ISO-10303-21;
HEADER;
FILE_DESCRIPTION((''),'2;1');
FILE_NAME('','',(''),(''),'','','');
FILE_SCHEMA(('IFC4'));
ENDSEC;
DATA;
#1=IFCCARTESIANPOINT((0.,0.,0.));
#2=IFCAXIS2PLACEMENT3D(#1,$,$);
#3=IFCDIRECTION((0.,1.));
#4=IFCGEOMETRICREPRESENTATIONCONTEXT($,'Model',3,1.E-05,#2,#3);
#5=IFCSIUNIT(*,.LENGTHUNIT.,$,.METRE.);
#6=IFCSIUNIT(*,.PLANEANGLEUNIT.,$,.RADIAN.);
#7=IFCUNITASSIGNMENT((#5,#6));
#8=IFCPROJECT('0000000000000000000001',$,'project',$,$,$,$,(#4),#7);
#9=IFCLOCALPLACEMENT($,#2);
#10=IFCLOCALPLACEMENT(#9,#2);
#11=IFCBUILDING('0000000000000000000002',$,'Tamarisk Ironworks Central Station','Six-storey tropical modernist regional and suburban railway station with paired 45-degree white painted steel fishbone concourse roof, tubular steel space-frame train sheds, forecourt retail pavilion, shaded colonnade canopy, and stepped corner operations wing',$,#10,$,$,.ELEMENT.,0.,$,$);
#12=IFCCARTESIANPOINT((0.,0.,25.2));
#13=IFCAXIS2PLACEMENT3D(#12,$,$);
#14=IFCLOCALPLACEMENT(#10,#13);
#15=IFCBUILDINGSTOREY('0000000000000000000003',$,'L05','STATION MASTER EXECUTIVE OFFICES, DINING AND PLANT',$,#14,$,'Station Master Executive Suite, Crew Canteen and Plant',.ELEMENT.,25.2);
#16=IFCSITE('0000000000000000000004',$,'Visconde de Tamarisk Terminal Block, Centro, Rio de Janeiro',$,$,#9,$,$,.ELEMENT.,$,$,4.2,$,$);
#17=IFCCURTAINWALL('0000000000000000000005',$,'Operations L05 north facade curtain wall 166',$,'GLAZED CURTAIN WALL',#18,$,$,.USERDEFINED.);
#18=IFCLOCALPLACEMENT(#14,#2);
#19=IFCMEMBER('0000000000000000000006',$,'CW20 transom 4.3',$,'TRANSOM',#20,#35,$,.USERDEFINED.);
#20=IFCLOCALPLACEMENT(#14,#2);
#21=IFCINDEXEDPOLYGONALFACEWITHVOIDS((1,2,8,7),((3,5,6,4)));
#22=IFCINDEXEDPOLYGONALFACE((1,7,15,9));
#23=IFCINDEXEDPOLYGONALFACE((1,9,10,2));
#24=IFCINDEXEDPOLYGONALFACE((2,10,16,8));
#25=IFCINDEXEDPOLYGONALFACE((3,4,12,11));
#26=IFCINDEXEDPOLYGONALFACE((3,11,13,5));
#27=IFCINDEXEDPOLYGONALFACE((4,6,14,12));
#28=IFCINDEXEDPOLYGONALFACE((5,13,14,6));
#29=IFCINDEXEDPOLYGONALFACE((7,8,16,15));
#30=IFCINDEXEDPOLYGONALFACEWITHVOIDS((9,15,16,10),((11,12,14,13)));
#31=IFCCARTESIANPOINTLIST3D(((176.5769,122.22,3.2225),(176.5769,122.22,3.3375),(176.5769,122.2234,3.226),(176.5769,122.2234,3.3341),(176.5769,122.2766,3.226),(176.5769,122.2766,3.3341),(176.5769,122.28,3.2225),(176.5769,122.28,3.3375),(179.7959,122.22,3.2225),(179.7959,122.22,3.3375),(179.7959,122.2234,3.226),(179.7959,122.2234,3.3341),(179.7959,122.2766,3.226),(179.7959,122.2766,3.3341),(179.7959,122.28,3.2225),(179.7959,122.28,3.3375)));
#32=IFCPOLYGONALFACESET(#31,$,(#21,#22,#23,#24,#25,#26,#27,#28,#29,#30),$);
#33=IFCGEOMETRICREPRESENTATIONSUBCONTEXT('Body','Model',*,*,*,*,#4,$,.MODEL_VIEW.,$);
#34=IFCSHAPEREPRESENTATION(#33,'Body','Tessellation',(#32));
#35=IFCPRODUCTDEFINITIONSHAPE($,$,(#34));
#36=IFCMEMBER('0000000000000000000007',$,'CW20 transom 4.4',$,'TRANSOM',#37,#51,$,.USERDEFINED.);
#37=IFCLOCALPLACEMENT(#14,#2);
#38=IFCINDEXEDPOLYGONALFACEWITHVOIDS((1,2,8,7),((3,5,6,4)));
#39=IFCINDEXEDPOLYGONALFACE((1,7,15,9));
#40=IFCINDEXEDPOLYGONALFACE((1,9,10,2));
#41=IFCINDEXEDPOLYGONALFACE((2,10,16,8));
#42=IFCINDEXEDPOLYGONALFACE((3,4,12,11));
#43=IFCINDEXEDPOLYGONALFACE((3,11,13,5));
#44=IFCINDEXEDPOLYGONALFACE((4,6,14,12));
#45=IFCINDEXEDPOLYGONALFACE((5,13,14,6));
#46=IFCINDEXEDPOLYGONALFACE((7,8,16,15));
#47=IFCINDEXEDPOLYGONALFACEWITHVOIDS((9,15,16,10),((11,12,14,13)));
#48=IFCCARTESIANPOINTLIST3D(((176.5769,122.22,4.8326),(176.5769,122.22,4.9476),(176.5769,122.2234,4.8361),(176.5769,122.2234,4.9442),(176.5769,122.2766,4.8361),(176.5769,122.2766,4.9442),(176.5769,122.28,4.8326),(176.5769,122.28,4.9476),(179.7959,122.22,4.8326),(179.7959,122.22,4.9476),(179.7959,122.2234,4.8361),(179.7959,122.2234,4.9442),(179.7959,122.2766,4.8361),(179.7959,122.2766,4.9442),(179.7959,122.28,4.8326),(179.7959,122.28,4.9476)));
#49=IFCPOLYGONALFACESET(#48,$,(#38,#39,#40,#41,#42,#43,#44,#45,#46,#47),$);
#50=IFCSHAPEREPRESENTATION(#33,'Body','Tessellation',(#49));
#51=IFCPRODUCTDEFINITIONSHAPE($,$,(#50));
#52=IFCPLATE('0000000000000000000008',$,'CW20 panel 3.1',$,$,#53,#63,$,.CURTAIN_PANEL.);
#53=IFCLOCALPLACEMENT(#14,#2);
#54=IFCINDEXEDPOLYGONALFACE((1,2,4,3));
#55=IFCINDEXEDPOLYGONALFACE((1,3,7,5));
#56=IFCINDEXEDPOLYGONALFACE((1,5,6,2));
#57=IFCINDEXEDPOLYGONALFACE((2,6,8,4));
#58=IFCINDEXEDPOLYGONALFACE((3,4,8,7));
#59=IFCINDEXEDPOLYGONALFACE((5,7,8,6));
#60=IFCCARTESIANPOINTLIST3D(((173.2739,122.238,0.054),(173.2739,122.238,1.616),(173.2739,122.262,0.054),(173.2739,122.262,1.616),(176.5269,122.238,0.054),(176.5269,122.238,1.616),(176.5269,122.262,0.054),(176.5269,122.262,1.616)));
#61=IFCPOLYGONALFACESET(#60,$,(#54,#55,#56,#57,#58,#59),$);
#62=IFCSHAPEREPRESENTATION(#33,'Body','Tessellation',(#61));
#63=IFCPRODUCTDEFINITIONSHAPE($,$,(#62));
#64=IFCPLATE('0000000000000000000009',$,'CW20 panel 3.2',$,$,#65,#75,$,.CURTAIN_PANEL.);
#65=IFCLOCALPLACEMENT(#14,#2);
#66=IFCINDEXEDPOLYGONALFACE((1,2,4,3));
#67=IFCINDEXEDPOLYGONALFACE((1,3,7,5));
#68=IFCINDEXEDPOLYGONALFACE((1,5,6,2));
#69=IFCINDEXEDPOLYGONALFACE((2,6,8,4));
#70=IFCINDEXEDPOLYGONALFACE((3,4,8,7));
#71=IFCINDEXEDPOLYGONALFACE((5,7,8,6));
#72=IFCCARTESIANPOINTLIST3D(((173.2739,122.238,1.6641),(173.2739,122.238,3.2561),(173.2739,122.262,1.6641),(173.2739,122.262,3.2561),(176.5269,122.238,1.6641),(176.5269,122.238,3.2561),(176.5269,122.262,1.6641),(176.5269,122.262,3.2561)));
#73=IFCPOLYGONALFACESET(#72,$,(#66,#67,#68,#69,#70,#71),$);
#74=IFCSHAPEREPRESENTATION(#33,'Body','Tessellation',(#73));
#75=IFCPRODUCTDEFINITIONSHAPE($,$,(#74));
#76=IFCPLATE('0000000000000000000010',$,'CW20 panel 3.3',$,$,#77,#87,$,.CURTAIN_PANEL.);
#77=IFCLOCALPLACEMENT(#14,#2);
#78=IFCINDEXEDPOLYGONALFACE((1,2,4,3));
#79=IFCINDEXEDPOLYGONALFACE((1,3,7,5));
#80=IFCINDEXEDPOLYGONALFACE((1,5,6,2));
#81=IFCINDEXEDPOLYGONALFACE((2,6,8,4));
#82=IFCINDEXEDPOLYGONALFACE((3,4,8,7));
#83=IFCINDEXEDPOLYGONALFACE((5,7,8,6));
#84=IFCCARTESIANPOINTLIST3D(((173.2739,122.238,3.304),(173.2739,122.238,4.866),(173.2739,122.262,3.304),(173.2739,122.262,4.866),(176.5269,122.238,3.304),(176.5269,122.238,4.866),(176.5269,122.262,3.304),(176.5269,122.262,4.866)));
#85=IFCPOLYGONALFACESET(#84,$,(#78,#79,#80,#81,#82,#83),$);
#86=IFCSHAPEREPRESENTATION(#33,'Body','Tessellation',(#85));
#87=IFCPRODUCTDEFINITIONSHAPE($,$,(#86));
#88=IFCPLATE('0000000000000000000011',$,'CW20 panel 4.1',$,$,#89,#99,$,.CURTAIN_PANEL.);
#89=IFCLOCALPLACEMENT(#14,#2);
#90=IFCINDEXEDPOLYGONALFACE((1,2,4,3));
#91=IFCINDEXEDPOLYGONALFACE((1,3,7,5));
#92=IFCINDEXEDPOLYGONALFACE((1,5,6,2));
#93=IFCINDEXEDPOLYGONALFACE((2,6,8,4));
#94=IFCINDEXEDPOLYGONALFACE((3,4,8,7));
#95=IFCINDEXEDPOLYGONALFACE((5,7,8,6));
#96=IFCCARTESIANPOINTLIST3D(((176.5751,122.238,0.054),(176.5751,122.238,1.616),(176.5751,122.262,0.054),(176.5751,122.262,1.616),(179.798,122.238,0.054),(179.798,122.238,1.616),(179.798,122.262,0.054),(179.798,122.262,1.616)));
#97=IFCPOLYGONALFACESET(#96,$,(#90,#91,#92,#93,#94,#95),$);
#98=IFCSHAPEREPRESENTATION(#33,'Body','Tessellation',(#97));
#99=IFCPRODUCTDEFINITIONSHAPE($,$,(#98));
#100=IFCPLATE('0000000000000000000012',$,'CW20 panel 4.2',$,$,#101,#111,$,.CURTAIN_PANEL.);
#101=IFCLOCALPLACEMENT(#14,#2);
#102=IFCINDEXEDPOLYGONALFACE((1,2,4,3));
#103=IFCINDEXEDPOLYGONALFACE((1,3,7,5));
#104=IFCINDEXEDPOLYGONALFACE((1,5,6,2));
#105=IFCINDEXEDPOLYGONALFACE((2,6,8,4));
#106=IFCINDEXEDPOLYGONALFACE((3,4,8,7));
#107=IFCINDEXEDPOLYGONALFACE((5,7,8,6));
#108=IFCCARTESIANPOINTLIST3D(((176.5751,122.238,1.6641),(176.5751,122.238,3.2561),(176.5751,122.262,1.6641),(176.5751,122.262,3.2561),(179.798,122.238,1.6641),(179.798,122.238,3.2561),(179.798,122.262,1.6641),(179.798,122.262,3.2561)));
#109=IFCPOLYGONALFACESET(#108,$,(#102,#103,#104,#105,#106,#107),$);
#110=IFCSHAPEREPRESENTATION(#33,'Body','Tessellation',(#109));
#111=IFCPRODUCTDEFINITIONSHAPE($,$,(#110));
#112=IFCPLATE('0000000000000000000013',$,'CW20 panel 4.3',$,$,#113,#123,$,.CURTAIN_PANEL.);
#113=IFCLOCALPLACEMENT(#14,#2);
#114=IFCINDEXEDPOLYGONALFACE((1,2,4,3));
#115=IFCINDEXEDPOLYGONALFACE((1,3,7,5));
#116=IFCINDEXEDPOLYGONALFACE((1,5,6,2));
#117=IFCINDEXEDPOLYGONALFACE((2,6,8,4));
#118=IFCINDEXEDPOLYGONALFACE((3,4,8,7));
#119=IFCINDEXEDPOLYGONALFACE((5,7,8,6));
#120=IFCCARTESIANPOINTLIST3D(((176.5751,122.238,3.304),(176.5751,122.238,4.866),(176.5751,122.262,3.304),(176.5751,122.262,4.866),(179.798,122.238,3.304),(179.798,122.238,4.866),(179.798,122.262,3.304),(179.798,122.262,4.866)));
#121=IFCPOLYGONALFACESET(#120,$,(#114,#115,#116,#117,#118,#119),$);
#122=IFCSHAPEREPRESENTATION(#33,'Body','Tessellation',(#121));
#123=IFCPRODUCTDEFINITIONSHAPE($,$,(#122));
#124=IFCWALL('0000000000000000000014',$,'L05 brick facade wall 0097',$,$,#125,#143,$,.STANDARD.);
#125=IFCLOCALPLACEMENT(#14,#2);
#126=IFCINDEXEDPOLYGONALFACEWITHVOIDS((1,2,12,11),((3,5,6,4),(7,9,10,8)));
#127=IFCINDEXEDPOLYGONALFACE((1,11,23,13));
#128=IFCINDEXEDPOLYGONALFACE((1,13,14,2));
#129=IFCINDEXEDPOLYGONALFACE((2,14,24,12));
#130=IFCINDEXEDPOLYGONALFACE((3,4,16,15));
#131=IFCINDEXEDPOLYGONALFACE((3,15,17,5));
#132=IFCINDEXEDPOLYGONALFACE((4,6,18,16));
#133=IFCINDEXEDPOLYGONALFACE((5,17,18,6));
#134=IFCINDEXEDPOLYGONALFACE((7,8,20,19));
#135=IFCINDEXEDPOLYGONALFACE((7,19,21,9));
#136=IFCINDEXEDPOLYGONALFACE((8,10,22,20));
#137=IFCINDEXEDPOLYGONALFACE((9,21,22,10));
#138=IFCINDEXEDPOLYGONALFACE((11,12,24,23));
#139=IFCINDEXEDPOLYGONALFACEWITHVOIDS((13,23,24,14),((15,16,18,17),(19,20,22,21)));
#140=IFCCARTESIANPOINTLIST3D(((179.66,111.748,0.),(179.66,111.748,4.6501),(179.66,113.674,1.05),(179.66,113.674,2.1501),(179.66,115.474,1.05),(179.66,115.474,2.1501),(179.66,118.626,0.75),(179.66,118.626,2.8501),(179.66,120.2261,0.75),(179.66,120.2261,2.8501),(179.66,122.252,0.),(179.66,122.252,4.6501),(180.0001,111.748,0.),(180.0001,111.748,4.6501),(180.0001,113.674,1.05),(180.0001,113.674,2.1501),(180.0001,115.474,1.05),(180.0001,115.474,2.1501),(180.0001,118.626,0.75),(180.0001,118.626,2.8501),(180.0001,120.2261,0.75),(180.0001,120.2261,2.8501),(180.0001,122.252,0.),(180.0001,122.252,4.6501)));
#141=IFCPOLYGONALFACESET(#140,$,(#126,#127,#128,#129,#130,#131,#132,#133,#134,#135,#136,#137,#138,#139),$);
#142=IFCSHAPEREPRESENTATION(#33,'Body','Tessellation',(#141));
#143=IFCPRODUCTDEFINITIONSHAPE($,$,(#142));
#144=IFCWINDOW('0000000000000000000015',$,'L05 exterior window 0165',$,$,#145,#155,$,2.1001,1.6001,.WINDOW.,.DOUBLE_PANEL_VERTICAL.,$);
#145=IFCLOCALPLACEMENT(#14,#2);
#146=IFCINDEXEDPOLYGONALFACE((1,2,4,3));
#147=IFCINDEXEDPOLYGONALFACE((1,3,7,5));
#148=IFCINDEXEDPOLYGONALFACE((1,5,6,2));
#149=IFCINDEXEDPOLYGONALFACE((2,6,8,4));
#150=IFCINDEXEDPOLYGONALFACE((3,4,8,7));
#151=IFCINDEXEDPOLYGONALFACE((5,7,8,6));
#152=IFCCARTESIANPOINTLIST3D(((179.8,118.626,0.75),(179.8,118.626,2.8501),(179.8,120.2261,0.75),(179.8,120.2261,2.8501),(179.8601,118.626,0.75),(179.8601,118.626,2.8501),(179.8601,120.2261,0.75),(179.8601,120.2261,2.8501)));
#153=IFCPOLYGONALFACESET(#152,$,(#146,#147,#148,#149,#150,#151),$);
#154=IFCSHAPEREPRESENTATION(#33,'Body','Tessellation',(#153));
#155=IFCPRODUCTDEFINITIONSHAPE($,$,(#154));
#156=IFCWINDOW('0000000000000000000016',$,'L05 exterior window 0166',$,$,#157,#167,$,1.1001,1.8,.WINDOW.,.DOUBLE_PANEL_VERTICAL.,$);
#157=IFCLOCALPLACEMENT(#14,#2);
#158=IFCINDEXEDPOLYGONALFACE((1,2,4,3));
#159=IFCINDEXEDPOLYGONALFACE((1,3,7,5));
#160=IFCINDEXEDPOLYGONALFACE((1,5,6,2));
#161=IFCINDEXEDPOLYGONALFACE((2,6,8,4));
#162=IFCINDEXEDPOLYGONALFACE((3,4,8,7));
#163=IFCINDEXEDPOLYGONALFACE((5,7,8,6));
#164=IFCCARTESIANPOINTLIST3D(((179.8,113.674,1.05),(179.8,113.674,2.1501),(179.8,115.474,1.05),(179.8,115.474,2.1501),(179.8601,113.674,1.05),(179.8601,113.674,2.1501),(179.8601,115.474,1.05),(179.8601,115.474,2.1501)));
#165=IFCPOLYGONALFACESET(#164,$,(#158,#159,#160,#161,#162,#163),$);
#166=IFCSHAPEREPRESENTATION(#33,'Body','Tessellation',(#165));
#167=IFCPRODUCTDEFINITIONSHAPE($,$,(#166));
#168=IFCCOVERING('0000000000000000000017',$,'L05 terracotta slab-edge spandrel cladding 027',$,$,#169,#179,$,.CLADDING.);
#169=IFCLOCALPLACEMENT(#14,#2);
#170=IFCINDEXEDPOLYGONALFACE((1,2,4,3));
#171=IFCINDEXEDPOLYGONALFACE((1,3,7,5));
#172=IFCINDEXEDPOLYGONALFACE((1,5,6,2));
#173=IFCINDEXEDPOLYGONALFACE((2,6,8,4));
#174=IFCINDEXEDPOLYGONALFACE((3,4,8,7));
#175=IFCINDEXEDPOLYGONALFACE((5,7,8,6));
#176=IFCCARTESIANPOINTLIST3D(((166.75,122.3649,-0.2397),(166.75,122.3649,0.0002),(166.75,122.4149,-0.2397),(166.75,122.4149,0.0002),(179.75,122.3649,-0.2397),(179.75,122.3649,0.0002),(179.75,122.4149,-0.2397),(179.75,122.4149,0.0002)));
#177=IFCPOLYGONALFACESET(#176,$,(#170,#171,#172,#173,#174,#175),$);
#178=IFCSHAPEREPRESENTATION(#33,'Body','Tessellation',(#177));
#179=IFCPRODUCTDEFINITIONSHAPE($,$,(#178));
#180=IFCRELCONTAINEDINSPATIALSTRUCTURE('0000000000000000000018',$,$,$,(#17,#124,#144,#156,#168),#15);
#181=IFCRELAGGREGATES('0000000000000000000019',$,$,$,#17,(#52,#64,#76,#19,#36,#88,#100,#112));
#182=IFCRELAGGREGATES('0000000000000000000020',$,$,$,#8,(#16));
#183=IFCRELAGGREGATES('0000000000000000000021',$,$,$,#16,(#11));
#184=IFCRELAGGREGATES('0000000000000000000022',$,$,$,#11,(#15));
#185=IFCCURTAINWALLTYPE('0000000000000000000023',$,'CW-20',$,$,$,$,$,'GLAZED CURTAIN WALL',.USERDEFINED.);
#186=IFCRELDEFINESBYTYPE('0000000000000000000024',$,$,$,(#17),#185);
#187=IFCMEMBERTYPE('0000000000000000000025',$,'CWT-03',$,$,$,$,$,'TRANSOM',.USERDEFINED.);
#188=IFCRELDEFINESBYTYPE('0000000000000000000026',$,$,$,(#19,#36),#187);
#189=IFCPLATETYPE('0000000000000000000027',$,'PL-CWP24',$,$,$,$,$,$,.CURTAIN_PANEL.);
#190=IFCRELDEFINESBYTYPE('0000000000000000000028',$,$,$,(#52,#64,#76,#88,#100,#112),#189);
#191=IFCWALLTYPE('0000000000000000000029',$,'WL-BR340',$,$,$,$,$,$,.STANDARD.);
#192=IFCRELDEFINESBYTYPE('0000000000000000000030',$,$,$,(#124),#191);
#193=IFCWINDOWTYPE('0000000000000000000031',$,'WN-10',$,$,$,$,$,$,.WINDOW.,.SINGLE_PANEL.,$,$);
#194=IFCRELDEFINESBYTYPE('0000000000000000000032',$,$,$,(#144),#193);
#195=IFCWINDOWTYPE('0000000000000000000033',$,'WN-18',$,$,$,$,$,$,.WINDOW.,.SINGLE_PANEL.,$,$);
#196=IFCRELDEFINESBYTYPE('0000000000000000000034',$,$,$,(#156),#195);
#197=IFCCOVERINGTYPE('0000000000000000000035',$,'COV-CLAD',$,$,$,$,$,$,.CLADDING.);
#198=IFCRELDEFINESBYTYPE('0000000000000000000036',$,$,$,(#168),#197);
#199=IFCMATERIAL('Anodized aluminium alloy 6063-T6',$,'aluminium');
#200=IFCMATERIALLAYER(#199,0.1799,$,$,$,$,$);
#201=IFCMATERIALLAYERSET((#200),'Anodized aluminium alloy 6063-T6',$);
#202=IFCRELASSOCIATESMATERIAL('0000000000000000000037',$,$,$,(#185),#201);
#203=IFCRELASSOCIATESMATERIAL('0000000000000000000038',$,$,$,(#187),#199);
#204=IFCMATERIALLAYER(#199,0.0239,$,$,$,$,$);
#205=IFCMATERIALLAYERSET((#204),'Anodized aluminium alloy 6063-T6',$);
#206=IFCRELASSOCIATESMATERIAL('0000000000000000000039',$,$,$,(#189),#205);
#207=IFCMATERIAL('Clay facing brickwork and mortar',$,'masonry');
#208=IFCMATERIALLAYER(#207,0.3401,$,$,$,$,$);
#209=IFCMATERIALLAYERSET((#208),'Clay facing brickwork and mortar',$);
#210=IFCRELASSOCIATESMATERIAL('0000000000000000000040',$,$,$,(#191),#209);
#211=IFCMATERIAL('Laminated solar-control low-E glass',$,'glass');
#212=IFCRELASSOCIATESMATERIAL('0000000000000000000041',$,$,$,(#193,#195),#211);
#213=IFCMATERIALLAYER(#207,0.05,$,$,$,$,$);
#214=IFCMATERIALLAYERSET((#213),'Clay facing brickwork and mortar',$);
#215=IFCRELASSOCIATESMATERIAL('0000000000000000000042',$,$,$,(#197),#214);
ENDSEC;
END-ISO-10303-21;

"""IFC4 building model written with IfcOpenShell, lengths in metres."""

from ifc_helpers import new_model, si_unit, direction, frame, frame_2d, origin, origin_2d, place, context, subcontext, project, spatial, rectangle, hollow_rectangle, extrude, material, layer, layer_set, material_profile, profile_set, type_object, element, fill, aggregate, save


model = new_model("IFC4")

# Units and contexts
model_context = context("Model", 3, precision=1e-05, world=origin(), true_north=direction((0.0, 1.0)))
body_context = subcontext(model_context, "Body", "Model", "MODEL_VIEW")
ifc_project = project(units=[si_unit("LENGTHUNIT", "METRE"), si_unit("PLANEANGLEUNIT", "RADIAN")], contexts=[model_context])

# Site, building, storey
site_placement = place(None, origin())
site = spatial("IfcSite", under=ifc_project, at=site_placement, Name="Visconde de Tamarisk Terminal Block, Centro, Rio de Janeiro", CompositionType="ELEMENT", RefElevation=4.2)
building_placement = place(site_placement, origin())
building = spatial("IfcBuilding", under=site, at=building_placement, Name="Tamarisk Ironworks Central Station", Description="Six-storey tropical modernist regional and suburban railway station with paired 45-degree white painted steel fishbone concourse roof, tubular steel space-frame train sheds, forecourt retail pavilion, shaded colonnade canopy, and stepped corner operations wing", CompositionType="ELEMENT", ElevationOfRefHeight=0.0)
storey_placement = place(building_placement, frame((0.0, 0.0, 25.2)))
storey = spatial("IfcBuildingStorey", under=building, at=storey_placement, Name="L05", Description="STATION MASTER EXECUTIVE OFFICES, DINING AND PLANT", LongName="Station Master Executive Suite, Crew Canteen and Plant", CompositionType="ELEMENT", Elevation=25.2)

# Curtain wall, members, plates
ifc_material_1 = material(Name="Anodized aluminium alloy 6063-T6", Category="aluminium")
ifc_layer_1 = layer(ifc_material_1, 0.1799)
ifc_layer_set_1 = layer_set([ifc_layer_1], Name="Anodized aluminium alloy 6063-T6")
curtain_wall_type = type_object("IfcCurtainWallType", Name="CW-20", ElementType="GLAZED CURTAIN WALL", PredefinedType="USERDEFINED", material=ifc_layer_set_1)
curtain_wall_placement = place(storey_placement, origin())
curtain_wall = element("IfcCurtainWall", 1, at=curtain_wall_placement, inside=storey, type_object=curtain_wall_type, Name="Operations L05 north facade curtain wall 166", ObjectType="GLAZED CURTAIN WALL", PredefinedType="USERDEFINED")
ifc_material_profile_1 = material_profile(ifc_material_1, hollow_rectangle(XDim=0.0601, YDim=0.115, WallThickness=0.0034, at=origin_2d()), Name="ALUM 115x60")
ifc_profile_set_1 = profile_set([ifc_material_profile_1], Name="Anodized aluminium alloy 6063-T6")
member_type_1 = type_object("IfcMemberType", Name="CWT-03", ElementType="TRANSOM", PredefinedType="USERDEFINED", material=ifc_profile_set_1)
member_1_placement = place(storey_placement, frame((176.5769, 122.25, 3.28), z_axis=(1.0, 0.0, 0.0), x_axis=(0.0, 1.0, 0.0)))
member_1 = element("IfcMember", 2, at=member_1_placement, type_object=member_type_1, Name="CW20 transom 4.3", ObjectType="TRANSOM", PredefinedType="USERDEFINED", context=body_context, shape_type="SweptSolid", body=[
    extrude(hollow_rectangle(XDim=0.0601, YDim=0.115, WallThickness=0.0034, at=origin_2d()), origin(), (0.0, 0.0, 1.0), 3.219),
])
member_2_placement = place(storey_placement, frame((176.5769, 122.25, 4.8901), z_axis=(1.0, 0.0, 0.0), x_axis=(0.0, 1.0, 0.0)))
member_2 = element("IfcMember", 3, at=member_2_placement, type_object=member_type_1, Name="CW20 transom 4.4", ObjectType="TRANSOM", PredefinedType="USERDEFINED", context=body_context, shape_type="SweptSolid", body=[
    extrude(hollow_rectangle(XDim=0.0601, YDim=0.115, WallThickness=0.0034, at=origin_2d()), origin(), (0.0, 0.0, 1.0), 3.219),
])
ifc_layer_2 = layer(ifc_material_1, 0.0239)
ifc_layer_set_2 = layer_set([ifc_layer_2], Name="Anodized aluminium alloy 6063-T6")
plate_type = type_object("IfcPlateType", Name="PL-CWP24", PredefinedType="CURTAIN_PANEL", material=ifc_layer_set_2)
plate_1_placement = place(storey_placement, frame((174.9004, 122.25, 0.054), z_axis=(0.0, 0.0, 1.0), x_axis=(1.0, 0.0, 0.0)))
plate_1 = element("IfcPlate", 4, at=plate_1_placement, type_object=plate_type, Name="CW20 panel 3.1", PredefinedType="CURTAIN_PANEL", context=body_context, shape_type="SweptSolid", body=[
    extrude(rectangle(XDim=3.2529, YDim=0.0239, at=origin_2d()), origin(), (0.0, 0.0, 1.0), 1.562),
])
plate_2_placement = place(storey_placement, frame((174.9004, 122.25, 1.6641), z_axis=(0.0, 0.0, 1.0), x_axis=(1.0, 0.0, 0.0)))
plate_2 = element("IfcPlate", 5, at=plate_2_placement, type_object=plate_type, Name="CW20 panel 3.2", PredefinedType="CURTAIN_PANEL", context=body_context, shape_type="SweptSolid", body=[
    extrude(rectangle(XDim=3.2529, YDim=0.0239, at=origin_2d()), origin(), (0.0, 0.0, 1.0), 1.592),
])
plate_3_placement = place(storey_placement, frame((174.9004, 122.25, 3.304), z_axis=(0.0, 0.0, 1.0), x_axis=(1.0, 0.0, 0.0)))
plate_3 = element("IfcPlate", 6, at=plate_3_placement, type_object=plate_type, Name="CW20 panel 3.3", PredefinedType="CURTAIN_PANEL", context=body_context, shape_type="SweptSolid", body=[
    extrude(rectangle(XDim=3.2529, YDim=0.0239, at=origin_2d()), origin(), (0.0, 0.0, 1.0), 1.562),
])
plate_4_placement = place(storey_placement, frame((178.1865, 122.25, 0.054), z_axis=(0.0, 0.0, 1.0), x_axis=(1.0, 0.0, 0.0)))
plate_4 = element("IfcPlate", 7, at=plate_4_placement, type_object=plate_type, Name="CW20 panel 4.1", PredefinedType="CURTAIN_PANEL", context=body_context, shape_type="SweptSolid", body=[
    extrude(rectangle(XDim=3.2229, YDim=0.0239, at=origin_2d()), origin(), (0.0, 0.0, 1.0), 1.562),
])
plate_5_placement = place(storey_placement, frame((178.1865, 122.25, 1.6641), z_axis=(0.0, 0.0, 1.0), x_axis=(1.0, 0.0, 0.0)))
plate_5 = element("IfcPlate", 8, at=plate_5_placement, type_object=plate_type, Name="CW20 panel 4.2", PredefinedType="CURTAIN_PANEL", context=body_context, shape_type="SweptSolid", body=[
    extrude(rectangle(XDim=3.2229, YDim=0.0239, at=origin_2d()), origin(), (0.0, 0.0, 1.0), 1.592),
])
plate_6_placement = place(storey_placement, frame((178.1865, 122.25, 3.304), z_axis=(0.0, 0.0, 1.0), x_axis=(1.0, 0.0, 0.0)))
plate_6 = element("IfcPlate", 9, at=plate_6_placement, type_object=plate_type, Name="CW20 panel 4.3", PredefinedType="CURTAIN_PANEL", context=body_context, shape_type="SweptSolid", body=[
    extrude(rectangle(XDim=3.2229, YDim=0.0239, at=origin_2d()), origin(), (0.0, 0.0, 1.0), 1.562),
])
aggregate(curtain_wall, [plate_1, plate_2, plate_3, member_1, member_2, plate_4, plate_5, plate_6])

# Wall, openings, windows
ifc_material_2 = material(Name="Clay facing brickwork and mortar", Category="masonry")
ifc_layer_3 = layer(ifc_material_2, 0.3401)
ifc_layer_set_3 = layer_set([ifc_layer_3], Name="Clay facing brickwork and mortar")
wall_type = type_object("IfcWallType", Name="WL-BR340", PredefinedType="STANDARD", material=ifc_layer_set_3)
wall_placement = place(storey_placement, frame((179.8301, 122.252, 0.0), z_axis=(0.0, 0.0, 1.0), x_axis=(0.0, -1.0, 0.0)))
wall = element("IfcWall", 10, at=wall_placement, inside=storey, type_object=wall_type, Name="L05 brick facade wall 0097", PredefinedType="STANDARD", context=body_context, shape_type="SweptSolid", body=[
    extrude(rectangle(XDim=10.5039, YDim=0.3401, at=frame_2d((5.252, 0.0))), origin(), (0.0, 0.0, 1.0), 4.6501),
])
opening_1_placement = place(wall_placement, frame((2.0259, 0.0, 0.75)))
opening_1 = element("IfcOpeningElement", 11, at=opening_1_placement, cuts=wall, PredefinedType="OPENING", context=body_context, shape_type="SweptSolid", body=[
    extrude(rectangle(XDim=1.6001, YDim=2.1001, at=frame_2d((0.8, 1.05))), frame((0.0, 0.1821, 0.0), z_axis=(0.0, -1.0, 0.0), x_axis=(1.0, 0.0, 0.0)), (0.0, 0.0, 1.0), 0.364),
])
opening_2_placement = place(wall_placement, frame((6.7781, 0.0, 1.05)))
opening_2 = element("IfcOpeningElement", 12, at=opening_2_placement, cuts=wall, PredefinedType="OPENING", context=body_context, shape_type="SweptSolid", body=[
    extrude(rectangle(XDim=1.8, YDim=1.1001, at=frame_2d((0.8999, 0.55))), frame((0.0, 0.1821, 0.0), z_axis=(0.0, -1.0, 0.0), x_axis=(1.0, 0.0, 0.0)), (0.0, 0.0, 1.0), 0.364),
])
ifc_material_3 = material(Name="Laminated solar-control low-E glass", Category="glass")
window_type_1 = type_object("IfcWindowType", Name="WN-10", PartitioningType="SINGLE_PANEL", PredefinedType="WINDOW", material=ifc_material_3)
window_1_placement = place(opening_1_placement, origin())
window_1 = element("IfcWindow", 13, at=window_1_placement, inside=storey, type_object=window_type_1, Name="L05 exterior window 0165", OverallHeight=2.1001, OverallWidth=1.6001, PartitioningType="DOUBLE_PANEL_VERTICAL", PredefinedType="WINDOW", context=body_context, shape_type="SweptSolid", body=[
    extrude(rectangle(XDim=1.6001, YDim=2.1001, at=frame_2d((0.8, 1.05))), frame((0.0, 0.03, 0.0), z_axis=(0.0, -1.0, 0.0), x_axis=(1.0, 0.0, 0.0)), (0.0, 0.0, 1.0), 0.0601),
])
fill(opening_1, window_1)
window_type_2 = type_object("IfcWindowType", Name="WN-18", PartitioningType="SINGLE_PANEL", PredefinedType="WINDOW", material=ifc_material_3)
window_2_placement = place(opening_2_placement, origin())
window_2 = element("IfcWindow", 14, at=window_2_placement, inside=storey, type_object=window_type_2, Name="L05 exterior window 0166", OverallHeight=1.1001, OverallWidth=1.8, PartitioningType="DOUBLE_PANEL_VERTICAL", PredefinedType="WINDOW", context=body_context, shape_type="SweptSolid", body=[
    extrude(rectangle(XDim=1.8, YDim=1.1001, at=frame_2d((0.8999, 0.55))), frame((0.0, 0.03, 0.0), z_axis=(0.0, -1.0, 0.0), x_axis=(1.0, 0.0, 0.0)), (0.0, 0.0, 1.0), 0.0601),
])
fill(opening_2, window_2)

# Covering
ifc_layer_4 = layer(ifc_material_2, 0.05)
ifc_layer_set_4 = layer_set([ifc_layer_4], Name="Clay facing brickwork and mortar")
covering_type = type_object("IfcCoveringType", Name="COV-CLAD", PredefinedType="CLADDING", material=ifc_layer_set_4)
covering_placement = place(storey_placement, frame((173.25, 122.3899, -0.2397), z_axis=(0.0, 0.0, 1.0), x_axis=(1.0, 0.0, 0.0)))
element("IfcCovering", 15, at=covering_placement, inside=storey, type_object=covering_type, Name="L05 terracotta slab-edge spandrel cladding 027", PredefinedType="CLADDING", context=body_context, shape_type="SweptSolid", body=[
    extrude(rectangle(XDim=13.0, YDim=0.05, at=origin_2d()), origin(), (0.0, 0.0, 1.0), 0.24),
])

save(model, "model.ifc")
